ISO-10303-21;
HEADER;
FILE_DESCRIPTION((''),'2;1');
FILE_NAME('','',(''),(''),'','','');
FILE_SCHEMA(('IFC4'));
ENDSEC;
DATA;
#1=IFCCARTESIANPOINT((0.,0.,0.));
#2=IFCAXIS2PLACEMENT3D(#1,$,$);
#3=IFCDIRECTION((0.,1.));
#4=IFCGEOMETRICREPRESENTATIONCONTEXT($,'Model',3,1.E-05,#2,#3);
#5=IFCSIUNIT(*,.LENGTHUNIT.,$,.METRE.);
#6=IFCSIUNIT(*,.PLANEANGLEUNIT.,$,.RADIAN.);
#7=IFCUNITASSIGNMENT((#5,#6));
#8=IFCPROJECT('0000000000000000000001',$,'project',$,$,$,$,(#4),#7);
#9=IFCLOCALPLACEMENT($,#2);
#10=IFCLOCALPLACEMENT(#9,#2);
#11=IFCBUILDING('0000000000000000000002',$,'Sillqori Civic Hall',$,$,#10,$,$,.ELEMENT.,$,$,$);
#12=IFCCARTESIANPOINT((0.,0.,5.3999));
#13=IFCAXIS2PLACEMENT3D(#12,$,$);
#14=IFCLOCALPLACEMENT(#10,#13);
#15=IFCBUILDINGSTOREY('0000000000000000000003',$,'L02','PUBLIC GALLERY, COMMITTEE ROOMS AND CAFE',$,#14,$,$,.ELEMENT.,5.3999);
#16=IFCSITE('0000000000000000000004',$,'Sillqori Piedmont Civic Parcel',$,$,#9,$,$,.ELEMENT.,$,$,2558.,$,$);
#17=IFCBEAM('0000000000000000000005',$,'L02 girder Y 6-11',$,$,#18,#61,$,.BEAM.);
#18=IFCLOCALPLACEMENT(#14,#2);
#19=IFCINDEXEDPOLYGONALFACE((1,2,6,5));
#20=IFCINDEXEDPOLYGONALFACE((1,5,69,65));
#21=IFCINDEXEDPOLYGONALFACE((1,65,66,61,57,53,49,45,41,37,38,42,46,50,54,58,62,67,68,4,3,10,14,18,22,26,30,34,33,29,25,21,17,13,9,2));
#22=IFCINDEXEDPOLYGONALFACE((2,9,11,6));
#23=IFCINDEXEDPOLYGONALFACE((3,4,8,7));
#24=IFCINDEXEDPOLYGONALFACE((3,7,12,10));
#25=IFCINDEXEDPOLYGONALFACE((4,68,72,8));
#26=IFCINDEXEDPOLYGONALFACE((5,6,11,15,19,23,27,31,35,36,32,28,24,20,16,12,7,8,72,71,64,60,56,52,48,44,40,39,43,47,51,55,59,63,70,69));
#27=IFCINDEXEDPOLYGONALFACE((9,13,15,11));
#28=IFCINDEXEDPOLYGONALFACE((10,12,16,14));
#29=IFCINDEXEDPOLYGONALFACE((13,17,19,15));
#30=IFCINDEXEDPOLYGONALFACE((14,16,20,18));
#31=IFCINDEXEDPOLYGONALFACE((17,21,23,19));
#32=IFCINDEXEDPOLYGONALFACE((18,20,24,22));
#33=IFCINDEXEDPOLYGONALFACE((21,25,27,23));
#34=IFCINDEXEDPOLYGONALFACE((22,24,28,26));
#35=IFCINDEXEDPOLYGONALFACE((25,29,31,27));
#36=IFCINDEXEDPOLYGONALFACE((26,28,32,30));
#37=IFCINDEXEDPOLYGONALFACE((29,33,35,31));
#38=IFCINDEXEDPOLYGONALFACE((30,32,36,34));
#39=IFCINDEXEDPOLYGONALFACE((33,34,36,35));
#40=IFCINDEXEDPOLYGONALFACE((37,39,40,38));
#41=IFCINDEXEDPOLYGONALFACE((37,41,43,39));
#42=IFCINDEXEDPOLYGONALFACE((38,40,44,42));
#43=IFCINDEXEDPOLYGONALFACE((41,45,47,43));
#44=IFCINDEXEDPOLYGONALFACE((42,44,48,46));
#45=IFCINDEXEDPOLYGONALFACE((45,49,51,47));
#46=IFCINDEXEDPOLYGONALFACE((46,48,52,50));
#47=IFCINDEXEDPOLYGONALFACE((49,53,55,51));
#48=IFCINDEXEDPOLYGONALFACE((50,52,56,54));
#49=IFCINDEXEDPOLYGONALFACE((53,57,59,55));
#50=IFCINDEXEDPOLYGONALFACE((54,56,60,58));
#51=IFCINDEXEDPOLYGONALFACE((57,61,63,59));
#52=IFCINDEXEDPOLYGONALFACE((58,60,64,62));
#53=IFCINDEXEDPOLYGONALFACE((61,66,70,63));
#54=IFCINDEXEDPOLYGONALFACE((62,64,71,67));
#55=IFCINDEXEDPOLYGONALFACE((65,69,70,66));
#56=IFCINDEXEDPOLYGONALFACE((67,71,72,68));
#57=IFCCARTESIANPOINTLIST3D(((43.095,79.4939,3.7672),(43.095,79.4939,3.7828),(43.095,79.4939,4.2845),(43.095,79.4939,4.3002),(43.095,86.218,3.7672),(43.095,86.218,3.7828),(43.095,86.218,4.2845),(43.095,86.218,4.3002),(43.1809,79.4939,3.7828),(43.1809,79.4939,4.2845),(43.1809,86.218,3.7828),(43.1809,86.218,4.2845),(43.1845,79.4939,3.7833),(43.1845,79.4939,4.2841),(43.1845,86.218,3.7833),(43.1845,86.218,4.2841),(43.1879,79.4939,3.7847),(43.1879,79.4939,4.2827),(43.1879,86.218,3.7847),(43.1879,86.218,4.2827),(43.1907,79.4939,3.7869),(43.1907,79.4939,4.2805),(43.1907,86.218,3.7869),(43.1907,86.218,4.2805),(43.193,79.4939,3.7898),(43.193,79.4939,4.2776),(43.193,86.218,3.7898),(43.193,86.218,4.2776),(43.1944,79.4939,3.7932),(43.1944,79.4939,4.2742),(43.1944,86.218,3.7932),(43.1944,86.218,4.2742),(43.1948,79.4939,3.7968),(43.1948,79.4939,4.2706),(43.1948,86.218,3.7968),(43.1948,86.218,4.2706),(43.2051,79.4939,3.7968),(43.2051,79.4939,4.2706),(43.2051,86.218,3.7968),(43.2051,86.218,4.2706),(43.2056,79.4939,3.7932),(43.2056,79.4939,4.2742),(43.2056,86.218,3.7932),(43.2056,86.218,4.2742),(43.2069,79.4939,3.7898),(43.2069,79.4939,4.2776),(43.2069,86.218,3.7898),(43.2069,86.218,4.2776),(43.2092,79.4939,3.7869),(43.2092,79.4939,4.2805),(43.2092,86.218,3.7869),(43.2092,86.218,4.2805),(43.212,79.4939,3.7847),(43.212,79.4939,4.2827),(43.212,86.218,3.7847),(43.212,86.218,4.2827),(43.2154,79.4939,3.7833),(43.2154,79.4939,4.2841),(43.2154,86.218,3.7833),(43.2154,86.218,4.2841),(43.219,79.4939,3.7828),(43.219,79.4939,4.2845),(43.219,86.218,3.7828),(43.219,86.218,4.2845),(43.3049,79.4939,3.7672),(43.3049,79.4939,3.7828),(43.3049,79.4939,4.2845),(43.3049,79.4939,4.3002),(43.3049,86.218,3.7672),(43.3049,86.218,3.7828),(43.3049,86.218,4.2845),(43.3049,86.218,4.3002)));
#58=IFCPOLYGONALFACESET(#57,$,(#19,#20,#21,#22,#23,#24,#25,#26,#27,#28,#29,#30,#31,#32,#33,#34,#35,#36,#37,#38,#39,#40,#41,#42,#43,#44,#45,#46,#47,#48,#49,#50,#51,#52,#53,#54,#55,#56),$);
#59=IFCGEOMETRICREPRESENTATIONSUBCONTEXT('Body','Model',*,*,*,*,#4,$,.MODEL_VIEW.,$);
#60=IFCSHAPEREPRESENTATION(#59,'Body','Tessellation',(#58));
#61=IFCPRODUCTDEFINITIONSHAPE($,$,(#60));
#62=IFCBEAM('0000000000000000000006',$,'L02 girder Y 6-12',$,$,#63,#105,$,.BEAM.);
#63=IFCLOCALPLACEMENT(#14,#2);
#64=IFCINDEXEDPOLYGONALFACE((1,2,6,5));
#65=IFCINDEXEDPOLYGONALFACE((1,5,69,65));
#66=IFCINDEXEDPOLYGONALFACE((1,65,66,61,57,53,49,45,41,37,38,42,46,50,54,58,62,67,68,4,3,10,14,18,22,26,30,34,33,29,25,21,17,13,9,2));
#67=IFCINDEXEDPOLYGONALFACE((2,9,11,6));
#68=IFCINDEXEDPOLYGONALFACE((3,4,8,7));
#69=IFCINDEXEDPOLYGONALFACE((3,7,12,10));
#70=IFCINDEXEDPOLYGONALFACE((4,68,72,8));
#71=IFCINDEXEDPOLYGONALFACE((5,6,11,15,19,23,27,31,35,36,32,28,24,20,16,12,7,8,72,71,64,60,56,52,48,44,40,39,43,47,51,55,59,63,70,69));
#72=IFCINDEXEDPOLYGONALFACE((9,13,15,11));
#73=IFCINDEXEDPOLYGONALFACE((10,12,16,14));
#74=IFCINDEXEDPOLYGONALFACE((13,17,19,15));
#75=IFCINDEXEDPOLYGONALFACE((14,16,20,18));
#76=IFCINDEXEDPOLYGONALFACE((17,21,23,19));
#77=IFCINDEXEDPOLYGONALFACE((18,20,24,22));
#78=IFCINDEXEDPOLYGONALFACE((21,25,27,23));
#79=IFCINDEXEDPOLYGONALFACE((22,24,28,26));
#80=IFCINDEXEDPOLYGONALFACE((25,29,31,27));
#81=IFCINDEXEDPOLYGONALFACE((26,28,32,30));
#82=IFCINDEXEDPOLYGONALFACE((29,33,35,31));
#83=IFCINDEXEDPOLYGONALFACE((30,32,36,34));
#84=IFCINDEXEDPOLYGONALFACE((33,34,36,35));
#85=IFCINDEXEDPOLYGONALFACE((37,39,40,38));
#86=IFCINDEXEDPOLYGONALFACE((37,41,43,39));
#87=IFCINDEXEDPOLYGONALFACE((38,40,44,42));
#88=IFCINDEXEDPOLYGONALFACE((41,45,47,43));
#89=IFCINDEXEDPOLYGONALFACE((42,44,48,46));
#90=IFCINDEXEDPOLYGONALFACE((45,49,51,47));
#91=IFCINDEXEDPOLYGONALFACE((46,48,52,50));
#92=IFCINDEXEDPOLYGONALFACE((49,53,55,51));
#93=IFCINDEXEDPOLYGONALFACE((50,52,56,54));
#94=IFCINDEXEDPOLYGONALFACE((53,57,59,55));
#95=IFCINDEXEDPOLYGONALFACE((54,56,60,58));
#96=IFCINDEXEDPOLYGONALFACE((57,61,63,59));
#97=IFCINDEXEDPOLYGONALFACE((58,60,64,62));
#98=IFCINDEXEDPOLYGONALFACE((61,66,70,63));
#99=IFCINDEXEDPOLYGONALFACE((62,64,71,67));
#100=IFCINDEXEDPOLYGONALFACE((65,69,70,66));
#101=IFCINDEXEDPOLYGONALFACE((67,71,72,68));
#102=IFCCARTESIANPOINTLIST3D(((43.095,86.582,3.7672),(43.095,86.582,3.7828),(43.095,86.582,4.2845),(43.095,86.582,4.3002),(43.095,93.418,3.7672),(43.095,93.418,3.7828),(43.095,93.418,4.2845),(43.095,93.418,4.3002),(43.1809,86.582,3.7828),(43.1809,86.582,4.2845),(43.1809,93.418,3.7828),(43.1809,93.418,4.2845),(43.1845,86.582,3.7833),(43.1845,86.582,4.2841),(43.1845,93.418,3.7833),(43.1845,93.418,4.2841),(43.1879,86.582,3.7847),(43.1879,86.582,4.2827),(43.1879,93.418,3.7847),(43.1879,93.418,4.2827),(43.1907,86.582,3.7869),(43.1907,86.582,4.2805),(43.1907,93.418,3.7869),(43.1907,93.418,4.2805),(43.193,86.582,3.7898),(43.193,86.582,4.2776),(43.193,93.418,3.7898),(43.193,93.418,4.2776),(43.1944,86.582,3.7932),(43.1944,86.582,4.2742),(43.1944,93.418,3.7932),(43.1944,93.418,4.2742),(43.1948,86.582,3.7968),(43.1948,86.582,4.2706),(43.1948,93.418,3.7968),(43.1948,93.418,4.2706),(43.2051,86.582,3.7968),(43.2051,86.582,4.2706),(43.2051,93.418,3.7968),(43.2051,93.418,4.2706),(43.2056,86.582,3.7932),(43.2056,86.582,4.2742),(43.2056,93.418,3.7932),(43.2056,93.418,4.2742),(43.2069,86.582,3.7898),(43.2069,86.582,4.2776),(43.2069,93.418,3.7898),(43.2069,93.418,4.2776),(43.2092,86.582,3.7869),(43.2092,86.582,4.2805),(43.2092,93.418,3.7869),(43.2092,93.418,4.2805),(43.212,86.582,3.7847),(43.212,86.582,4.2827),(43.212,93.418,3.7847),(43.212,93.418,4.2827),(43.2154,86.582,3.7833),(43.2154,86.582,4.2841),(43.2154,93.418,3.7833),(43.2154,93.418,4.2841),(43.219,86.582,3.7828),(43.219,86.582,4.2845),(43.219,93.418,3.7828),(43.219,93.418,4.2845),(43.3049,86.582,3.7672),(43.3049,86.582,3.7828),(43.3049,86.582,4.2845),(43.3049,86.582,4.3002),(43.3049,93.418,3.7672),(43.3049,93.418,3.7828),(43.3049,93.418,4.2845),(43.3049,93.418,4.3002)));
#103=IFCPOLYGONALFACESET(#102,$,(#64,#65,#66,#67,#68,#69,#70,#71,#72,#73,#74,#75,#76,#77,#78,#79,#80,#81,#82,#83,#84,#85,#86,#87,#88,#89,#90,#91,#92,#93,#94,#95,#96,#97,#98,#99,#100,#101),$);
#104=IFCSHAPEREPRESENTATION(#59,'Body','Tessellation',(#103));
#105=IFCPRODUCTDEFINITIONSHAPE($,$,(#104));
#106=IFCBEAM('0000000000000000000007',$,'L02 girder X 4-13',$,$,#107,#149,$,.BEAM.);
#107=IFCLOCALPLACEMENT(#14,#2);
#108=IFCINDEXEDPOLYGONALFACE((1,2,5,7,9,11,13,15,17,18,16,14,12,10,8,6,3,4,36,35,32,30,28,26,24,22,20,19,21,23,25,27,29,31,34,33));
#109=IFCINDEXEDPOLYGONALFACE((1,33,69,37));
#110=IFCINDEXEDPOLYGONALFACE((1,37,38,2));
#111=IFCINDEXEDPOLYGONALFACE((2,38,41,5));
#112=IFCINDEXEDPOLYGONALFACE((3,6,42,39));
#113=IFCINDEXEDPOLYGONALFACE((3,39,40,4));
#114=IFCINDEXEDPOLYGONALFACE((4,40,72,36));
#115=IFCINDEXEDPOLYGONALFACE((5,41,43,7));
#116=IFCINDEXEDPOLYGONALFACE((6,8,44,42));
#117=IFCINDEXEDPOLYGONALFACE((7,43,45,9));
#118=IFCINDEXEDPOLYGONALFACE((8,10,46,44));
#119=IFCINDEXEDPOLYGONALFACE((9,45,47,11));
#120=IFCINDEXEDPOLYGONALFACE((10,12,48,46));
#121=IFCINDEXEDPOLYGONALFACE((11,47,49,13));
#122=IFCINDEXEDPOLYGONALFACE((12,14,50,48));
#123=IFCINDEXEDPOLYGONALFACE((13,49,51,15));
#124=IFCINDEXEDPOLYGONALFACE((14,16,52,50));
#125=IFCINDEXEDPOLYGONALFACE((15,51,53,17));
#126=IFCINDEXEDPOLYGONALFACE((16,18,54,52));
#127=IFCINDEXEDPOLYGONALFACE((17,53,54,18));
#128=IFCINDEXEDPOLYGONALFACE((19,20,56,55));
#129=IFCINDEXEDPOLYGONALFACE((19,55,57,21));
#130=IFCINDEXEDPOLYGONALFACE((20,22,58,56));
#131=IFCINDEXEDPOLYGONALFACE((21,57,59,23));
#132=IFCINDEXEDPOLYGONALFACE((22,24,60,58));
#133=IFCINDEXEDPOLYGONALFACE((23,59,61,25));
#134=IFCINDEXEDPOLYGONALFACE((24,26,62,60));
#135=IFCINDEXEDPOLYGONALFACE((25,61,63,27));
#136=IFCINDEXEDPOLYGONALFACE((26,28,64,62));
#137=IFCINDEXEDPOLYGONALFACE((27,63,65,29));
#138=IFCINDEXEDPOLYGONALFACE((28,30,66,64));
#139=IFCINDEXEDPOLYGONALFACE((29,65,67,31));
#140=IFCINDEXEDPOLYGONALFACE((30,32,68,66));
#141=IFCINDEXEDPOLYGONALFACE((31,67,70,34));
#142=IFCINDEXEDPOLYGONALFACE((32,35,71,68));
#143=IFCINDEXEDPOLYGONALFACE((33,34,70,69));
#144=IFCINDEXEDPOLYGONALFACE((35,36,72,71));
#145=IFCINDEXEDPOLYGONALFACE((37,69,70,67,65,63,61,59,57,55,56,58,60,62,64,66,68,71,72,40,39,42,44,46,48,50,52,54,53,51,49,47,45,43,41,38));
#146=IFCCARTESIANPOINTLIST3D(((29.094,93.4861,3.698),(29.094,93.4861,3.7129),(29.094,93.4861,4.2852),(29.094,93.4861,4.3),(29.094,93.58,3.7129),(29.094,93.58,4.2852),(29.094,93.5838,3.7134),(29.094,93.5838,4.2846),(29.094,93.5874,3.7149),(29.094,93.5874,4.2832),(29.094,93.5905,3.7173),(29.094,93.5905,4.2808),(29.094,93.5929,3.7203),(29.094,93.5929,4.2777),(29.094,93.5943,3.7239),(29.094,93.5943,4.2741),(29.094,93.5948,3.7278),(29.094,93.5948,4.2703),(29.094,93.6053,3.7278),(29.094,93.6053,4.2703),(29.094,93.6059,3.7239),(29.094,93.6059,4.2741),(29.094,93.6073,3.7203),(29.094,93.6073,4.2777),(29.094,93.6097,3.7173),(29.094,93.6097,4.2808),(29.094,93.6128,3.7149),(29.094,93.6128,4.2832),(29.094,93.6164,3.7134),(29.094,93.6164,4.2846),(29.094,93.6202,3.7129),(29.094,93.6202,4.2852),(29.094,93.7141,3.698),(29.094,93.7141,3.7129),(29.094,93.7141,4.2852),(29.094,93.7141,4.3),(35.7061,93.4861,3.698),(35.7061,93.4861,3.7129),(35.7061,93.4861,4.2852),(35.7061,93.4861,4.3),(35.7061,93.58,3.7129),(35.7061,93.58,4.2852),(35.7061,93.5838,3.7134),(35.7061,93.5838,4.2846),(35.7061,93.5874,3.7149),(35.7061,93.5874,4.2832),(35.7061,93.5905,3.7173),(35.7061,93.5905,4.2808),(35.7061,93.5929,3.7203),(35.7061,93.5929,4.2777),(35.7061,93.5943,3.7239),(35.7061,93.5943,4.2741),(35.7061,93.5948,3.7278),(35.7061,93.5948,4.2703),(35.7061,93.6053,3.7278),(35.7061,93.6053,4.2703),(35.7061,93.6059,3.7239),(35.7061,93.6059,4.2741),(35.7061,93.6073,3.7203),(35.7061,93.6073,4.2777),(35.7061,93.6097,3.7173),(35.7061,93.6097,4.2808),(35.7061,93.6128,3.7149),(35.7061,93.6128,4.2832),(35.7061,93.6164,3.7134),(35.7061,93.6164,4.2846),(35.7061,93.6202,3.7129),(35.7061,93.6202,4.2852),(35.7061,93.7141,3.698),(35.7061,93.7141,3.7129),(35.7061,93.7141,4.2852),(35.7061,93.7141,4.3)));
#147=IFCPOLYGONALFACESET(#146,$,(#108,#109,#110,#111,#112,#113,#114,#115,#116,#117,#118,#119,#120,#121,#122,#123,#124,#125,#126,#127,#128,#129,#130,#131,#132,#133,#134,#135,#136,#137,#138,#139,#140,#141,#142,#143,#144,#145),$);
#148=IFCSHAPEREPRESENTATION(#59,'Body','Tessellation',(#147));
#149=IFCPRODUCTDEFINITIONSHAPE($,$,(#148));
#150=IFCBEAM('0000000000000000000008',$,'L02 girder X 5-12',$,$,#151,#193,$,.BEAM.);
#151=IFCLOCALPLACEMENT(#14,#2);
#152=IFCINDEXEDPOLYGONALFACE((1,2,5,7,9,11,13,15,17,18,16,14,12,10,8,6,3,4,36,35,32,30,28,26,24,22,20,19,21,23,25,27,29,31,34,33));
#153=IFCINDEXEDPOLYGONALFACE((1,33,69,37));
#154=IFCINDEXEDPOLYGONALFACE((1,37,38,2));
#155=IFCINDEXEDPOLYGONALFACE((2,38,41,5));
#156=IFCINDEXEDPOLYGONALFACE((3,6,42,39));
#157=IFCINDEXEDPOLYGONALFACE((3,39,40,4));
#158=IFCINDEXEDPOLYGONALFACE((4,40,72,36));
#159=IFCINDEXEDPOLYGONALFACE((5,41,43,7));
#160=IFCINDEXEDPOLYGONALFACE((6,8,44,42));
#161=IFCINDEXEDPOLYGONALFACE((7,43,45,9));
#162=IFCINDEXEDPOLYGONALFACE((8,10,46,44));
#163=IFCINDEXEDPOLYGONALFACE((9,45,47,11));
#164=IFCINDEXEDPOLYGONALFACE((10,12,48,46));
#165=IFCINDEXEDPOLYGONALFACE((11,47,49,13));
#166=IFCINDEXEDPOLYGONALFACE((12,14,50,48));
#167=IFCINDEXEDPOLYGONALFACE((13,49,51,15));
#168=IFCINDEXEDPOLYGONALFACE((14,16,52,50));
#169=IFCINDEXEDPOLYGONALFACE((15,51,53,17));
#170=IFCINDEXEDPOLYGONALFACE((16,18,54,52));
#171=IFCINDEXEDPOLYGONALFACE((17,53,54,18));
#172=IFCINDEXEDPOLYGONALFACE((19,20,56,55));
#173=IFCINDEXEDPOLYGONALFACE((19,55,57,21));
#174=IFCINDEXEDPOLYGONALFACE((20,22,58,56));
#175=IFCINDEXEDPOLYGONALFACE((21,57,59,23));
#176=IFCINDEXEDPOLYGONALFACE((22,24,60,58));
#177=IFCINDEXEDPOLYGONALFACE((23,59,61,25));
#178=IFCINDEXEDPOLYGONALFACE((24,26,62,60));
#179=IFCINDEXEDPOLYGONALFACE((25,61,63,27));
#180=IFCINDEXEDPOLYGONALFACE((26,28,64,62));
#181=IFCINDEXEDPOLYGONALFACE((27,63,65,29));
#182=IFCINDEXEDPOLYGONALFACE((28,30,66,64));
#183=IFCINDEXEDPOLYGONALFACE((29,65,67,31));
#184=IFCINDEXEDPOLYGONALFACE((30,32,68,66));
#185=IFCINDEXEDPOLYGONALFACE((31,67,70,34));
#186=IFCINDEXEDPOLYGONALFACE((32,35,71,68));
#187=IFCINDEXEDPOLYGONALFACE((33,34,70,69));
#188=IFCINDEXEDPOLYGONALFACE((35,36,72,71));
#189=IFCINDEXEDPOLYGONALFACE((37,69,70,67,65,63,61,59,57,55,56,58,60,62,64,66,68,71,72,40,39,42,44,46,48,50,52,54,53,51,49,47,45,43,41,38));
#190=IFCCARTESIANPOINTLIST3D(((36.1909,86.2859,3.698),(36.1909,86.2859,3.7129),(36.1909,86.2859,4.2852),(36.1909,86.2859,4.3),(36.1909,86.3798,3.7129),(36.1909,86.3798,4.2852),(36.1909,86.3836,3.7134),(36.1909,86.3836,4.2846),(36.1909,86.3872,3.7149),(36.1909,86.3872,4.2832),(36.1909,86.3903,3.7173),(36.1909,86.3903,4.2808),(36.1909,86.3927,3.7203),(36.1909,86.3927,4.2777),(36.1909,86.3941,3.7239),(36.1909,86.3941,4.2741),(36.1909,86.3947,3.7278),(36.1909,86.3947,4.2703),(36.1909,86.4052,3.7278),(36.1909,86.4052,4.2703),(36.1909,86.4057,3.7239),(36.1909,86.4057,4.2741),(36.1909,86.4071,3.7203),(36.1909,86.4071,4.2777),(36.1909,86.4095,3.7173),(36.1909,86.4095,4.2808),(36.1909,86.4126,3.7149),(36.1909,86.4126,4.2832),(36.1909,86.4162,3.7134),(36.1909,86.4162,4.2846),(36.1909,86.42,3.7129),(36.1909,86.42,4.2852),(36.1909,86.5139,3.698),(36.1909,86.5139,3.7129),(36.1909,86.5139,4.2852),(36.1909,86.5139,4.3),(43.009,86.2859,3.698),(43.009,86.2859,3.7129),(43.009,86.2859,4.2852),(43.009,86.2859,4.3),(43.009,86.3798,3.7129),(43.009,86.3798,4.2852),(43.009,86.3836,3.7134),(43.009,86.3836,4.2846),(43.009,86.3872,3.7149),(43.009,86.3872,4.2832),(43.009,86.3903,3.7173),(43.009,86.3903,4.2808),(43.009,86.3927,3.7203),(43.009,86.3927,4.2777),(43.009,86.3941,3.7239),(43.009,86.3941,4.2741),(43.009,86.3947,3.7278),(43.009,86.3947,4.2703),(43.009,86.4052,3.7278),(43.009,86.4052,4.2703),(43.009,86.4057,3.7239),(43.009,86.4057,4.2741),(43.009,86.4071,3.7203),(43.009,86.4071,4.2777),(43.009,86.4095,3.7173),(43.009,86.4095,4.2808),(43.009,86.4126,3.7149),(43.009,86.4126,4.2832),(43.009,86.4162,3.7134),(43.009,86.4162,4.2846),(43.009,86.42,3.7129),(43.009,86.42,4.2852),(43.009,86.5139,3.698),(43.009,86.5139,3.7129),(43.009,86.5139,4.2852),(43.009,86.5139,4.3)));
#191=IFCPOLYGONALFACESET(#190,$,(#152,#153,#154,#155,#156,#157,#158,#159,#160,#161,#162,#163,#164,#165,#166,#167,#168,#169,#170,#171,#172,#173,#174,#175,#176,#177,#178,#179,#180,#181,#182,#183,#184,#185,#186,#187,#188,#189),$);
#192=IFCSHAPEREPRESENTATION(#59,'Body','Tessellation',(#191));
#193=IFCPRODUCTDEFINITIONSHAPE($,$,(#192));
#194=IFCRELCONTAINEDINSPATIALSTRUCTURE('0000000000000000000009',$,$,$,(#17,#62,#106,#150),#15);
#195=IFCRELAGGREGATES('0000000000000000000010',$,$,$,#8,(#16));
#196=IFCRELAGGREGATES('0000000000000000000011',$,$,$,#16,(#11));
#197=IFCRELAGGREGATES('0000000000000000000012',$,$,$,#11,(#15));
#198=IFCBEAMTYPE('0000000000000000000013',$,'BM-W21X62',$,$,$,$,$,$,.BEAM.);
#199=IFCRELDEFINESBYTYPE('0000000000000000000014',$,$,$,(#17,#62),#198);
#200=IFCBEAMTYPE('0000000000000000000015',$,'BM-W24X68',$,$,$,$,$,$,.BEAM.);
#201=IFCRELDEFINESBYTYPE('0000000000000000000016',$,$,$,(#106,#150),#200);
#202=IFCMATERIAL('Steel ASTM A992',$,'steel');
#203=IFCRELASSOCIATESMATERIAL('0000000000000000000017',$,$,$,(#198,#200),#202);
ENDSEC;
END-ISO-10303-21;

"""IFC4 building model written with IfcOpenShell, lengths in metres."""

from ifc_helpers import new_model, si_unit, direction, frame, origin, origin_2d, place, context, subcontext, project, spatial, i_section, extrude, material, material_profile, profile_set, type_object, element, save


model = new_model("IFC4")

# Units and contexts
model_context = context("Model", 3, precision=1e-05, world=origin(), true_north=direction((0.0, 1.0)))
body_context = subcontext(model_context, "Body", "Model", "MODEL_VIEW")
ifc_project = project(units=[si_unit("LENGTHUNIT", "METRE"), si_unit("PLANEANGLEUNIT", "RADIAN")], contexts=[model_context])

# Site, building, storey
site_placement = place(None, origin())
site = spatial("IfcSite", under=ifc_project, at=site_placement, Name="Sillqori Piedmont Civic Parcel", CompositionType="ELEMENT", RefElevation=2558.0)
building_placement = place(site_placement, origin())
building = spatial("IfcBuilding", under=site, at=building_placement, Name="Sillqori Civic Hall", CompositionType="ELEMENT")
storey_placement = place(building_placement, frame((0.0, 0.0, 5.3999)))
storey = spatial("IfcBuildingStorey", under=building, at=storey_placement, Name="L02", Description="PUBLIC GALLERY, COMMITTEE ROOMS AND CAFE", CompositionType="ELEMENT", Elevation=5.3999)

# Shared definitions
ifc_material_1 = material(Name="Steel ASTM A992", Category="steel")

# Beams
ifc_material_profile_1 = material_profile(ifc_material_1, i_section(OverallWidth=0.21, OverallDepth=0.533, WebThickness=0.0103, FlangeThickness=0.0156, FilletRadius=0.0139, at=origin_2d()), Name="W21X62")
ifc_profile_set_1 = profile_set([ifc_material_profile_1], Name="Steel ASTM A992")
beam_type_1 = type_object("IfcBeamType", Name="BM-W21X62", PredefinedType="BEAM", material=ifc_profile_set_1)
beam_1_placement = place(storey_placement, frame((43.2, 79.4939, 4.0337), z_axis=(0.0, 1.0, 0.0), x_axis=(-1.0, 0.0, 0.0)))
element("IfcBeam", 1, at=beam_1_placement, inside=storey, type_object=beam_type_1, Name="L02 girder Y 6-11", PredefinedType="BEAM", context=body_context, shape_type="SweptSolid", body=[
    extrude(i_section(OverallWidth=0.21, OverallDepth=0.533, WebThickness=0.0103, FlangeThickness=0.0156, FilletRadius=0.0139, at=origin_2d()), origin(), (0.0, 0.0, 1.0), 6.7241),
])
beam_2_placement = place(storey_placement, frame((43.2, 86.582, 4.0337), z_axis=(0.0, 1.0, 0.0), x_axis=(-1.0, 0.0, 0.0)))
element("IfcBeam", 2, at=beam_2_placement, inside=storey, type_object=beam_type_1, Name="L02 girder Y 6-12", PredefinedType="BEAM", context=body_context, shape_type="SweptSolid", body=[
    extrude(i_section(OverallWidth=0.21, OverallDepth=0.533, WebThickness=0.0103, FlangeThickness=0.0156, FilletRadius=0.0139, at=origin_2d()), origin(), (0.0, 0.0, 1.0), 6.8359),
])
ifc_material_profile_2 = material_profile(ifc_material_1, i_section(OverallWidth=0.228, OverallDepth=0.6021, WebThickness=0.0105, FlangeThickness=0.0149, FilletRadius=0.0149, at=origin_2d()), Name="W24X68")
ifc_profile_set_2 = profile_set([ifc_material_profile_2], Name="Steel ASTM A992")
beam_type_2 = type_object("IfcBeamType", Name="BM-W24X68", PredefinedType="BEAM", material=ifc_profile_set_2)
beam_3_placement = place(storey_placement, frame((29.094, 93.6001, 3.999), z_axis=(1.0, 0.0, 0.0), x_axis=(0.0, 1.0, 0.0)))
element("IfcBeam", 3, at=beam_3_placement, inside=storey, type_object=beam_type_2, Name="L02 girder X 4-13", PredefinedType="BEAM", context=body_context, shape_type="SweptSolid", body=[
    extrude(i_section(OverallWidth=0.228, OverallDepth=0.6021, WebThickness=0.0105, FlangeThickness=0.0149, FilletRadius=0.0149, at=origin_2d()), origin(), (0.0, 0.0, 1.0), 6.6121),
])
beam_4_placement = place(storey_placement, frame((36.1909, 86.3999, 3.999), z_axis=(1.0, 0.0, 0.0), x_axis=(0.0, 1.0, 0.0)))
element("IfcBeam", 4, at=beam_4_placement, inside=storey, type_object=beam_type_2, Name="L02 girder X 5-12", PredefinedType="BEAM", context=body_context, shape_type="SweptSolid", body=[
    extrude(i_section(OverallWidth=0.228, OverallDepth=0.6021, WebThickness=0.0105, FlangeThickness=0.0149, FilletRadius=0.0149, at=origin_2d()), origin(), (0.0, 0.0, 1.0), 6.8181),
])

save(model, "model.ifc")
